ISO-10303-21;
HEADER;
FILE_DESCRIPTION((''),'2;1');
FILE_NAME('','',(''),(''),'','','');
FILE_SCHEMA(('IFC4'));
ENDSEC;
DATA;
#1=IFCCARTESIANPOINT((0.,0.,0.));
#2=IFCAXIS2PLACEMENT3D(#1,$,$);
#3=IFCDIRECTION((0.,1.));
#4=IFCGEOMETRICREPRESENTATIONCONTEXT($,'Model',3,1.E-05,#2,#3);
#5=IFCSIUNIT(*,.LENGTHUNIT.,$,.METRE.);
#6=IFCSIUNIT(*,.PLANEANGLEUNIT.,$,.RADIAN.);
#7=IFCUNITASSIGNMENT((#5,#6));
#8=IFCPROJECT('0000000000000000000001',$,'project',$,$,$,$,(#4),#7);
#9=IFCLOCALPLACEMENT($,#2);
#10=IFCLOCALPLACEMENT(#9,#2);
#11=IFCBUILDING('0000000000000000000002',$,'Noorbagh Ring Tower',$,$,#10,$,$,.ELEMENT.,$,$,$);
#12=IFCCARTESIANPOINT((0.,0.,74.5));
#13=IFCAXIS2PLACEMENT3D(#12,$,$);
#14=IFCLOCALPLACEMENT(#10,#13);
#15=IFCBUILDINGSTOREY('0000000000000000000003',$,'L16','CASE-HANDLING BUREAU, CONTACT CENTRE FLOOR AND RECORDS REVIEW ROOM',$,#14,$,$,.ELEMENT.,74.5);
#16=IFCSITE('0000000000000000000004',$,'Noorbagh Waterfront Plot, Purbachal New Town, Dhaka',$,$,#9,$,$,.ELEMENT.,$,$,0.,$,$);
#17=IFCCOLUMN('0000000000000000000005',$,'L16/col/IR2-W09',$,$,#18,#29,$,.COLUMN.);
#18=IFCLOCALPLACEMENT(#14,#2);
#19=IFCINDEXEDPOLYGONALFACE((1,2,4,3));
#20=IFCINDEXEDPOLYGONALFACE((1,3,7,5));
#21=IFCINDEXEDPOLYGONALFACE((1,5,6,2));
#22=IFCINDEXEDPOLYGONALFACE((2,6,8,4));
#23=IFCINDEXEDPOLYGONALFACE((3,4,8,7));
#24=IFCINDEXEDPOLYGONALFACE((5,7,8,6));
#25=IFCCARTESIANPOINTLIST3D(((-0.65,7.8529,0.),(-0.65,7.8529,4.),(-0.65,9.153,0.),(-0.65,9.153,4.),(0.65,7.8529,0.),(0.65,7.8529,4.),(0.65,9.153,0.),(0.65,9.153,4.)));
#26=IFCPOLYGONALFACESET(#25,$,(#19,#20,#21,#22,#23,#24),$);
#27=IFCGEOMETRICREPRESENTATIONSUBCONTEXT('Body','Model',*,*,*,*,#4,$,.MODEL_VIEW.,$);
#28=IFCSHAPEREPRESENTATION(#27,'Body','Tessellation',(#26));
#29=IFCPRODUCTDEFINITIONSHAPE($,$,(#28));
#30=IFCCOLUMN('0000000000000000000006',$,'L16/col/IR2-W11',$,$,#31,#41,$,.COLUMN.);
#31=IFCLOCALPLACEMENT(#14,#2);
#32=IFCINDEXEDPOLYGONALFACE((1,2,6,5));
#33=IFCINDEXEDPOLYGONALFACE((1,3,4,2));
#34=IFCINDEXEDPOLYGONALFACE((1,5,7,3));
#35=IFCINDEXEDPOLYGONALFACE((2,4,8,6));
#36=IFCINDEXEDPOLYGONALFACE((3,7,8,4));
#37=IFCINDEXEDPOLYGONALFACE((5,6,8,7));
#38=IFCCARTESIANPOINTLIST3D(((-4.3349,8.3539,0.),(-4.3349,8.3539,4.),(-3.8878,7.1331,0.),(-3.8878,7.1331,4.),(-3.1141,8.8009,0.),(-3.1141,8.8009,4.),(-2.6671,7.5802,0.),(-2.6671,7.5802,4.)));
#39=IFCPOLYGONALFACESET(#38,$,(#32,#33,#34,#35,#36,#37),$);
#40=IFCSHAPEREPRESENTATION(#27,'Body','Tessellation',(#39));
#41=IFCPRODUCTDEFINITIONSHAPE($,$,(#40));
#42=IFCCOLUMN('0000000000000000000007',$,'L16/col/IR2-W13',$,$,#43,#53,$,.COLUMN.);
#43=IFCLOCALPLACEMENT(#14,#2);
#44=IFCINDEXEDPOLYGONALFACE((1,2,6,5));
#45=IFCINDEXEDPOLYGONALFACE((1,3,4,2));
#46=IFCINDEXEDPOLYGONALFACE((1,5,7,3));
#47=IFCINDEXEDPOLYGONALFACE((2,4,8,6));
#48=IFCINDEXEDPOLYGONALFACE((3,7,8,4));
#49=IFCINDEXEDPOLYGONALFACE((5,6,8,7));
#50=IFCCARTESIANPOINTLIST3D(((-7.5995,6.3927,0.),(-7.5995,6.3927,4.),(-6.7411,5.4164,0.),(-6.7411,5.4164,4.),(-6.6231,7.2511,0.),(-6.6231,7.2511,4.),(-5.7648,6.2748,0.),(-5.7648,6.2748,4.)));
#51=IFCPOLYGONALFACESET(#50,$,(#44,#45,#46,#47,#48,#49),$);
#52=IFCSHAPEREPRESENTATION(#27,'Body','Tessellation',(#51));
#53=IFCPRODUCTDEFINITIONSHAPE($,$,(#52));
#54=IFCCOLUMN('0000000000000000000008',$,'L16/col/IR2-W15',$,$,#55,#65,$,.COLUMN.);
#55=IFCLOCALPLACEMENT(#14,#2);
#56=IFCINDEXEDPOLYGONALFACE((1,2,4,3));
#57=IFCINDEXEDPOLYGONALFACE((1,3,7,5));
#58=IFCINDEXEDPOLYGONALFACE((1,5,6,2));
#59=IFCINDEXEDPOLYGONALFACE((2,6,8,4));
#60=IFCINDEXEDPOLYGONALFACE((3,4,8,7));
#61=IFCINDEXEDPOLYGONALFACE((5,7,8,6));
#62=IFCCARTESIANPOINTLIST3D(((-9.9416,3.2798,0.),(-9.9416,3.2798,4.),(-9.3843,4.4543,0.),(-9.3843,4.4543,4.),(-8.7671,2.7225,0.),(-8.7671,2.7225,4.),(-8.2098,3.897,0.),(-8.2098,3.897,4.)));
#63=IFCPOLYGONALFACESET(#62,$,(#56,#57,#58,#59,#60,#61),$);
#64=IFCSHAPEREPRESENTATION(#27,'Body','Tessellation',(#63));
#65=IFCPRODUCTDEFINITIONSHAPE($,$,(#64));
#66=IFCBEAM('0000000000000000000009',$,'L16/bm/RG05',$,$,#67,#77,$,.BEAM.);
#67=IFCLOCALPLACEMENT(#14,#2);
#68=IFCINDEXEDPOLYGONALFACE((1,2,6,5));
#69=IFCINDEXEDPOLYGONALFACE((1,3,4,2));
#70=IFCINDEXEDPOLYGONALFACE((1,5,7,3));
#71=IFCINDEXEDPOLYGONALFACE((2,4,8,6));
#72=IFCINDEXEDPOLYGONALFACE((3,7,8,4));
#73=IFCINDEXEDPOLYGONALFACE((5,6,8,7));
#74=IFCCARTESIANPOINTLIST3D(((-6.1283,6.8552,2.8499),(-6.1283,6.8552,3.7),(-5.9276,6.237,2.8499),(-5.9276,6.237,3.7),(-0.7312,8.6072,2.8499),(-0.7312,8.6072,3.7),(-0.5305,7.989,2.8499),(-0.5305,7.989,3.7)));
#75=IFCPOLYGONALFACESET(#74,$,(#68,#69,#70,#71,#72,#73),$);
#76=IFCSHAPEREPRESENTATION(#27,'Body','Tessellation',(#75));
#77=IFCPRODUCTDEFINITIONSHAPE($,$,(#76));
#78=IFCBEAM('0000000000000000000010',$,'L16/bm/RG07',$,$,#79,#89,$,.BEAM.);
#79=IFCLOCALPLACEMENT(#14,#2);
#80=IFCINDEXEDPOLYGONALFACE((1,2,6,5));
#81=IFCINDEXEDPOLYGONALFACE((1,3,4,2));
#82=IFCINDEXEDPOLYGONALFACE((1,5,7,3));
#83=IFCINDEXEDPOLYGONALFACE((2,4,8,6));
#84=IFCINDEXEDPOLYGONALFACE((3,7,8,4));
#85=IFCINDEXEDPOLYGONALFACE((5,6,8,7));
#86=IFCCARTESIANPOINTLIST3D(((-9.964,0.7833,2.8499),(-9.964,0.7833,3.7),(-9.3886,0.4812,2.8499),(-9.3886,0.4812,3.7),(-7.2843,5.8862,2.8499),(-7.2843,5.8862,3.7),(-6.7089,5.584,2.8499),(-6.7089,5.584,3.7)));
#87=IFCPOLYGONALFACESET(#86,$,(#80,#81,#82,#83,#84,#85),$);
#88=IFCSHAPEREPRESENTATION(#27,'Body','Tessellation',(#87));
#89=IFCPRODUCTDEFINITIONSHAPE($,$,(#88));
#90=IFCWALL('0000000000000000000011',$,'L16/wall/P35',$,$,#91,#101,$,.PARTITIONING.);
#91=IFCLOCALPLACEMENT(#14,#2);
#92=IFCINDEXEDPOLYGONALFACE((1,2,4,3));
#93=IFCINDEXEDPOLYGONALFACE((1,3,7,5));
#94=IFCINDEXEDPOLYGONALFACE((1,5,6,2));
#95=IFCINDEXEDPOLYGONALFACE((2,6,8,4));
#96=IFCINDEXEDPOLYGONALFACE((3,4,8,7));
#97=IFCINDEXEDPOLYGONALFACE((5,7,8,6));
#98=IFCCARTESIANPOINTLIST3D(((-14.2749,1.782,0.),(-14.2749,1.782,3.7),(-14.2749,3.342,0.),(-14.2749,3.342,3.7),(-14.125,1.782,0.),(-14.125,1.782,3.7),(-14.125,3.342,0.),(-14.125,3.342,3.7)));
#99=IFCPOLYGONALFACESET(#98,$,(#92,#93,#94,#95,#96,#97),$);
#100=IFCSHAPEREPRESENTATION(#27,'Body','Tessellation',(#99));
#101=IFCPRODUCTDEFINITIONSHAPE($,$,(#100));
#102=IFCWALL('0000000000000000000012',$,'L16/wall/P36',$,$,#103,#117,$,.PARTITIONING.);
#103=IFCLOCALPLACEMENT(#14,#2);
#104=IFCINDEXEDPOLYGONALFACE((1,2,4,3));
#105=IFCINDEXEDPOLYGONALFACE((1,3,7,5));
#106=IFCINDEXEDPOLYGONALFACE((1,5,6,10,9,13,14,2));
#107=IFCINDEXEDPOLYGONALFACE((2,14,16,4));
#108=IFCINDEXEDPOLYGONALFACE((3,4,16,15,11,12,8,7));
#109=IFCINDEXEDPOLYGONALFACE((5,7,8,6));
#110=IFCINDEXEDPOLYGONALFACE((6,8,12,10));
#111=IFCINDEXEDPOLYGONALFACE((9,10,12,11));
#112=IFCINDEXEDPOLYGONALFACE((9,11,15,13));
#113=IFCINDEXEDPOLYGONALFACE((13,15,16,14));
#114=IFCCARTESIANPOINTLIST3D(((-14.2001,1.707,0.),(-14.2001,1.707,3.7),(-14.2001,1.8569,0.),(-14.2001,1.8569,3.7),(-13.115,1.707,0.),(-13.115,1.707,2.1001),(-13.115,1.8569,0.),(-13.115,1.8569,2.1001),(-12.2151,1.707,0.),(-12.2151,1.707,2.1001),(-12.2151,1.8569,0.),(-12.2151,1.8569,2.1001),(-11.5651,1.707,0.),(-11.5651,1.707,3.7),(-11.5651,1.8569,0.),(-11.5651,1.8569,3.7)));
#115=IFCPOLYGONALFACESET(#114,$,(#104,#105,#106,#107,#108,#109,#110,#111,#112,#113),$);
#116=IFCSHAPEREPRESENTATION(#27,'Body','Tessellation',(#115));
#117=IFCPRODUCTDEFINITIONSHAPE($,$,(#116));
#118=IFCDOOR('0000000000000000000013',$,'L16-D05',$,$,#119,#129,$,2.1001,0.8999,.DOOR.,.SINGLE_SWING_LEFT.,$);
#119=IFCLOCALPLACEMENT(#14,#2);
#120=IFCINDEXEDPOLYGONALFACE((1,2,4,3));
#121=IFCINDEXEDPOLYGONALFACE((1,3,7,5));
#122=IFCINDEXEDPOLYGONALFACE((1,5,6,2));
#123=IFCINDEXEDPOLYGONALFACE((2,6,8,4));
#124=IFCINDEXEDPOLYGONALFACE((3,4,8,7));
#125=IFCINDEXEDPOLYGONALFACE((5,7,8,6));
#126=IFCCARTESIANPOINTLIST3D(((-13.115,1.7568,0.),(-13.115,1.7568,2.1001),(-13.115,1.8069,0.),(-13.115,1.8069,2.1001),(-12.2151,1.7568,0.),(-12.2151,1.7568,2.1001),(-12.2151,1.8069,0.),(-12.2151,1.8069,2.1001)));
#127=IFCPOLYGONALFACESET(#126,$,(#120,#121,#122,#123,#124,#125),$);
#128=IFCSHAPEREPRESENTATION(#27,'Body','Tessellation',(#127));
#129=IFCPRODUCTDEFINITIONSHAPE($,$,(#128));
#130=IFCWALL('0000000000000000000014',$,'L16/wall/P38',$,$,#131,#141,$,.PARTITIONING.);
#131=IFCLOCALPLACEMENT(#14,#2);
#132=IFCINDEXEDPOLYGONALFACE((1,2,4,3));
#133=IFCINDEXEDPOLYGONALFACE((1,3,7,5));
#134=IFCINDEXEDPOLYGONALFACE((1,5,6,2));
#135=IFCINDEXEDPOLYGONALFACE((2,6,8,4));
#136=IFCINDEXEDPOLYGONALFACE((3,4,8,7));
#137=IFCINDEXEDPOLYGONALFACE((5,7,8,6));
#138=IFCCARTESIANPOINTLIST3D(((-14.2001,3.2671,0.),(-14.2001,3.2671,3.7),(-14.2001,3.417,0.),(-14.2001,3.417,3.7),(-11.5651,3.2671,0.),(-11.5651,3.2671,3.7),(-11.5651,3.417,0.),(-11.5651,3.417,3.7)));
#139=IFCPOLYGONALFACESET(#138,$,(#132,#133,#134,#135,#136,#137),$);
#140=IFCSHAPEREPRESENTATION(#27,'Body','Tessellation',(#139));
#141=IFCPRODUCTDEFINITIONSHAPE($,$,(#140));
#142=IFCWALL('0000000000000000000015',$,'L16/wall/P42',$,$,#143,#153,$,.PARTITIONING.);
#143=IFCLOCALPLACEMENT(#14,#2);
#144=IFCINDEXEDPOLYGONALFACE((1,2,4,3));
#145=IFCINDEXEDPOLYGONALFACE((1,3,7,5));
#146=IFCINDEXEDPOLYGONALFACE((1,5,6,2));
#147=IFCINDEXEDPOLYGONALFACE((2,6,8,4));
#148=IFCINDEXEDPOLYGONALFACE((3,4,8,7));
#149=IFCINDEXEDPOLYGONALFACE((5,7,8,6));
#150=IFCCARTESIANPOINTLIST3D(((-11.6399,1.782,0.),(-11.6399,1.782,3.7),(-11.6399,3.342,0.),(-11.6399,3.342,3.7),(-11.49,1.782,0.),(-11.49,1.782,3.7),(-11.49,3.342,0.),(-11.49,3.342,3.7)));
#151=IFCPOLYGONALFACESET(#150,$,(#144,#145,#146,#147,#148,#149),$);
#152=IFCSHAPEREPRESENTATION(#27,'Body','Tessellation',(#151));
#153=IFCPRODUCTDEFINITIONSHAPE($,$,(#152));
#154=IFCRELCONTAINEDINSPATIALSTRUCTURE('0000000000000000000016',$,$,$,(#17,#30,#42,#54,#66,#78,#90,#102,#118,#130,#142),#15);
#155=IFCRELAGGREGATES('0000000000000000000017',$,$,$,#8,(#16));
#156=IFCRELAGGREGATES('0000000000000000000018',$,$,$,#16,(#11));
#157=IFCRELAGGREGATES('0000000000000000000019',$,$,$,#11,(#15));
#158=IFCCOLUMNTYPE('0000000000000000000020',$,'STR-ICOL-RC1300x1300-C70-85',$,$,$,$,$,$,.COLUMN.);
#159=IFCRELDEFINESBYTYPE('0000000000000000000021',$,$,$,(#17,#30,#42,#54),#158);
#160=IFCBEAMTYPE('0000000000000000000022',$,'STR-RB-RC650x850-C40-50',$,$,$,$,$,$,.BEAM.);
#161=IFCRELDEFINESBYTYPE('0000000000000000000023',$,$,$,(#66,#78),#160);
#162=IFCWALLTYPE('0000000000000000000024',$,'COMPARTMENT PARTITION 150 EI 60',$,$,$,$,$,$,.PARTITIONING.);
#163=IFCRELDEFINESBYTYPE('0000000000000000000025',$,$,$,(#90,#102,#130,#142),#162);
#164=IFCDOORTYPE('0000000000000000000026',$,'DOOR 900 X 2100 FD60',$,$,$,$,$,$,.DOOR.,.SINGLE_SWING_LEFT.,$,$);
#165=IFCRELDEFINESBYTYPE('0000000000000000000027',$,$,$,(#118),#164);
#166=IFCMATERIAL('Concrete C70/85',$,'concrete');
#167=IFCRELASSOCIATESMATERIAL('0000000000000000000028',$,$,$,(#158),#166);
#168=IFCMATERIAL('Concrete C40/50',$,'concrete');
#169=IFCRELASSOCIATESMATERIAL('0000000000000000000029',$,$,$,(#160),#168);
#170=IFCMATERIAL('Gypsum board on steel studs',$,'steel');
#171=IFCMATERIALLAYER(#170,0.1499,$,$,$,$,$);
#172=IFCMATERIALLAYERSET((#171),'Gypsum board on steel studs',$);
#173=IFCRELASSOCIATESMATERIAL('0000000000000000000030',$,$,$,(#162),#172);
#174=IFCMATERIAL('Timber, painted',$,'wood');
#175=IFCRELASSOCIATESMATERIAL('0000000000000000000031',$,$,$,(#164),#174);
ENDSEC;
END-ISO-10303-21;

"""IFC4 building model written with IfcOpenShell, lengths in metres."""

from ifc_helpers import new_model, si_unit, direction, frame, frame_2d, origin, origin_2d, place, context, subcontext, project, spatial, rectangle, extrude, material, layer, layer_set, material_profile, profile_set, type_object, element, fill, save


model = new_model("IFC4")

# Units and contexts
model_context = context("Model", 3, precision=1e-05, world=origin(), true_north=direction((0.0, 1.0)))
body_context = subcontext(model_context, "Body", "Model", "MODEL_VIEW")
ifc_project = project(units=[si_unit("LENGTHUNIT", "METRE"), si_unit("PLANEANGLEUNIT", "RADIAN")], contexts=[model_context])

# Site, building, storey
site_placement = place(None, origin())
site = spatial("IfcSite", under=ifc_project, at=site_placement, Name="Noorbagh Waterfront Plot, Purbachal New Town, Dhaka", CompositionType="ELEMENT", RefElevation=0.0)
building_placement = place(site_placement, origin())
building = spatial("IfcBuilding", under=site, at=building_placement, Name="Noorbagh Ring Tower", CompositionType="ELEMENT")
storey_placement = place(building_placement, frame((0.0, 0.0, 74.5)))
storey = spatial("IfcBuildingStorey", under=building, at=storey_placement, Name="L16", Description="CASE-HANDLING BUREAU, CONTACT CENTRE FLOOR AND RECORDS REVIEW ROOM", CompositionType="ELEMENT", Elevation=74.5)

# Columns
ifc_material_1 = material(Name="Concrete C70/85", Category="concrete")
ifc_material_profile_1 = material_profile(ifc_material_1, rectangle(XDim=1.3, YDim=1.3, at=origin_2d()), Name="RC1300x1300")
ifc_profile_set_1 = profile_set([ifc_material_profile_1], Name="Concrete C70/85")
column_type = type_object("IfcColumnType", Name="STR-ICOL-RC1300x1300-C70-85", PredefinedType="COLUMN", material=ifc_profile_set_1)
for number, where, z_axis, x_axis, name in (
    (1, (0.0, 8.5029, 0.0), (0.0, 0.0, 1.0), (-1.0, 0.0, 0.0), "L16/col/IR2-W09"),
    (2, (-3.501, 7.967, 0.0), (0.0, 0.0, 1.0), (-0.93902, -0.343864, 0.0), "L16/col/IR2-W11"),
    (3, (-6.6821, 6.3337, 0.0), (0.0, 0.0, 1.0), (-0.751022, -0.660277, 0.0), "L16/col/IR2-W13"),
    (4, (-9.0757, 3.5884, 0.0), (0.0, 0.0, 1.0), (-0.428667, -0.903463, 0.0), "L16/col/IR2-W15"),
):
    element("IfcColumn", number, at=place(storey_placement, frame(where, z_axis=z_axis, x_axis=x_axis)), inside=storey, type_object=column_type, Name=name, PredefinedType="COLUMN", context=body_context, shape_type="SweptSolid", body=[
        extrude(rectangle(XDim=1.3, YDim=1.3, at=origin_2d()), origin(), (0.0, 0.0, 1.0), 4.0),
    ])

# Beams
ifc_material_2 = material(Name="Concrete C40/50", Category="concrete")
ifc_material_profile_2 = material_profile(ifc_material_2, rectangle(XDim=0.6499, YDim=0.8501, at=origin_2d()), Name="RC650x850")
ifc_profile_set_2 = profile_set([ifc_material_profile_2], Name="Concrete C40/50")
beam_type = type_object("IfcBeamType", Name="STR-RB-RC650x850-C40-50", PredefinedType="BEAM", material=ifc_profile_set_2)
beam_1_placement = place(storey_placement, frame((-0.6309, 8.2981, 3.2749), z_axis=(-0.951141, -0.308757, 0.0), x_axis=(0.308757, -0.951141, 0.0)))
element("IfcBeam", 5, at=beam_1_placement, inside=storey, type_object=beam_type, Name="L16/bm/RG05", PredefinedType="BEAM", context=body_context, shape_type="SweptSolid", body=[
    extrude(rectangle(XDim=0.6499, YDim=0.8501, at=origin_2d()), origin(), (0.0, 0.0, 1.0), 5.6743),
])
beam_2_placement = place(storey_placement, frame((-6.9966, 5.7351, 3.2749), z_axis=(-0.464933, -0.885346, 0.0), x_axis=(0.885346, -0.464933, 0.0)))
element("IfcBeam", 6, at=beam_2_placement, inside=storey, type_object=beam_type, Name="L16/bm/RG07", PredefinedType="BEAM", context=body_context, shape_type="SweptSolid", body=[
    extrude(rectangle(XDim=0.6499, YDim=0.8501, at=origin_2d()), origin(), (0.0, 0.0, 1.0), 5.7637),
])

# Wall
ifc_material_3 = material(Name="Gypsum board on steel studs", Category="steel")
ifc_layer_1 = layer(ifc_material_3, 0.1499)
ifc_layer_set_1 = layer_set([ifc_layer_1], Name="Gypsum board on steel studs")
wall_type_1 = type_object("IfcWallType", Name="COMPARTMENT PARTITION 150 EI 60", PredefinedType="PARTITIONING", material=ifc_layer_set_1)
wall_1_placement = place(storey_placement, frame((-14.2, 1.782, 0.0), z_axis=(0.0, 0.0, 1.0), x_axis=(0.0, 1.0, 0.0)))
element("IfcWall", 7, at=wall_1_placement, inside=storey, type_object=wall_type_1, Name="L16/wall/P35", PredefinedType="PARTITIONING", context=body_context, shape_type="SweptSolid", body=[
    extrude(rectangle(XDim=1.5601, YDim=0.1499, at=frame_2d((0.78, 0.0))), origin(), (0.0, 0.0, 1.0), 3.7),
])

# Wall, opening, door
wall_2_placement = place(storey_placement, frame((-14.2, 1.782, 0.0), z_axis=(0.0, 0.0, 1.0), x_axis=(1.0, 0.0, 0.0)))
wall_2 = element("IfcWall", 8, at=wall_2_placement, inside=storey, type_object=wall_type_1, Name="L16/wall/P36", PredefinedType="PARTITIONING", context=body_context, shape_type="SweptSolid", body=[
    extrude(rectangle(XDim=2.635, YDim=0.1499, at=frame_2d((1.3174, 0.0))), origin(), (0.0, 0.0, 1.0), 3.7),
])
opening_1_placement = place(wall_2_placement, frame((1.085, 0.0, 0.0)))
opening_1 = element("IfcOpeningElement", 9, at=opening_1_placement, cuts=wall_2, PredefinedType="OPENING", context=body_context, shape_type="SweptSolid", body=[
    extrude(rectangle(XDim=0.8999, YDim=2.1001, at=frame_2d((0.45, 1.05))), frame((0.0, 0.085, 0.0), z_axis=(0.0, -1.0, 0.0), x_axis=(1.0, 0.0, 0.0)), (0.0, 0.0, 1.0), 0.1699),
])
ifc_material_4 = material(Name="Timber, painted", Category="wood")
door_type_1 = type_object("IfcDoorType", Name="DOOR 900 X 2100 FD60", OperationType="SINGLE_SWING_LEFT", PredefinedType="DOOR", material=ifc_material_4)
door_1_placement = place(opening_1_placement, origin())
door_1 = element("IfcDoor", 10, at=door_1_placement, inside=storey, type_object=door_type_1, Name="L16-D05", OperationType="SINGLE_SWING_LEFT", OverallHeight=2.1001, OverallWidth=0.8999, PredefinedType="DOOR", context=body_context, shape_type="SweptSolid", body=[
    extrude(rectangle(XDim=0.8999, YDim=2.1001, at=frame_2d((0.45, 1.05))), frame((0.0, 0.0249, 0.0), z_axis=(0.0, -1.0, 0.0), x_axis=(1.0, 0.0, 0.0)), (0.0, 0.0, 1.0), 0.05),
])
fill(opening_1, door_1)

# Walls
wall_3_placement = place(storey_placement, frame((-14.2, 3.342, 0.0), z_axis=(0.0, 0.0, 1.0), x_axis=(1.0, 0.0, 0.0)))
element("IfcWall", 11, at=wall_3_placement, inside=storey, type_object=wall_type_1, Name="L16/wall/P38", PredefinedType="PARTITIONING", context=body_context, shape_type="SweptSolid", body=[
    extrude(rectangle(XDim=2.635, YDim=0.1499, at=frame_2d((1.3174, 0.0))), origin(), (0.0, 0.0, 1.0), 3.7),
])
wall_4_placement = place(storey_placement, frame((-11.5649, 1.782, 0.0), z_axis=(0.0, 0.0, 1.0), x_axis=(0.0, 1.0, 0.0)))
element("IfcWall", 12, at=wall_4_placement, inside=storey, type_object=wall_type_1, Name="L16/wall/P42", PredefinedType="PARTITIONING", context=body_context, shape_type="SweptSolid", body=[
    extrude(rectangle(XDim=1.5601, YDim=0.1499, at=frame_2d((0.78, 0.0))), origin(), (0.0, 0.0, 1.0), 3.7),
])

save(model, "model.ifc")
